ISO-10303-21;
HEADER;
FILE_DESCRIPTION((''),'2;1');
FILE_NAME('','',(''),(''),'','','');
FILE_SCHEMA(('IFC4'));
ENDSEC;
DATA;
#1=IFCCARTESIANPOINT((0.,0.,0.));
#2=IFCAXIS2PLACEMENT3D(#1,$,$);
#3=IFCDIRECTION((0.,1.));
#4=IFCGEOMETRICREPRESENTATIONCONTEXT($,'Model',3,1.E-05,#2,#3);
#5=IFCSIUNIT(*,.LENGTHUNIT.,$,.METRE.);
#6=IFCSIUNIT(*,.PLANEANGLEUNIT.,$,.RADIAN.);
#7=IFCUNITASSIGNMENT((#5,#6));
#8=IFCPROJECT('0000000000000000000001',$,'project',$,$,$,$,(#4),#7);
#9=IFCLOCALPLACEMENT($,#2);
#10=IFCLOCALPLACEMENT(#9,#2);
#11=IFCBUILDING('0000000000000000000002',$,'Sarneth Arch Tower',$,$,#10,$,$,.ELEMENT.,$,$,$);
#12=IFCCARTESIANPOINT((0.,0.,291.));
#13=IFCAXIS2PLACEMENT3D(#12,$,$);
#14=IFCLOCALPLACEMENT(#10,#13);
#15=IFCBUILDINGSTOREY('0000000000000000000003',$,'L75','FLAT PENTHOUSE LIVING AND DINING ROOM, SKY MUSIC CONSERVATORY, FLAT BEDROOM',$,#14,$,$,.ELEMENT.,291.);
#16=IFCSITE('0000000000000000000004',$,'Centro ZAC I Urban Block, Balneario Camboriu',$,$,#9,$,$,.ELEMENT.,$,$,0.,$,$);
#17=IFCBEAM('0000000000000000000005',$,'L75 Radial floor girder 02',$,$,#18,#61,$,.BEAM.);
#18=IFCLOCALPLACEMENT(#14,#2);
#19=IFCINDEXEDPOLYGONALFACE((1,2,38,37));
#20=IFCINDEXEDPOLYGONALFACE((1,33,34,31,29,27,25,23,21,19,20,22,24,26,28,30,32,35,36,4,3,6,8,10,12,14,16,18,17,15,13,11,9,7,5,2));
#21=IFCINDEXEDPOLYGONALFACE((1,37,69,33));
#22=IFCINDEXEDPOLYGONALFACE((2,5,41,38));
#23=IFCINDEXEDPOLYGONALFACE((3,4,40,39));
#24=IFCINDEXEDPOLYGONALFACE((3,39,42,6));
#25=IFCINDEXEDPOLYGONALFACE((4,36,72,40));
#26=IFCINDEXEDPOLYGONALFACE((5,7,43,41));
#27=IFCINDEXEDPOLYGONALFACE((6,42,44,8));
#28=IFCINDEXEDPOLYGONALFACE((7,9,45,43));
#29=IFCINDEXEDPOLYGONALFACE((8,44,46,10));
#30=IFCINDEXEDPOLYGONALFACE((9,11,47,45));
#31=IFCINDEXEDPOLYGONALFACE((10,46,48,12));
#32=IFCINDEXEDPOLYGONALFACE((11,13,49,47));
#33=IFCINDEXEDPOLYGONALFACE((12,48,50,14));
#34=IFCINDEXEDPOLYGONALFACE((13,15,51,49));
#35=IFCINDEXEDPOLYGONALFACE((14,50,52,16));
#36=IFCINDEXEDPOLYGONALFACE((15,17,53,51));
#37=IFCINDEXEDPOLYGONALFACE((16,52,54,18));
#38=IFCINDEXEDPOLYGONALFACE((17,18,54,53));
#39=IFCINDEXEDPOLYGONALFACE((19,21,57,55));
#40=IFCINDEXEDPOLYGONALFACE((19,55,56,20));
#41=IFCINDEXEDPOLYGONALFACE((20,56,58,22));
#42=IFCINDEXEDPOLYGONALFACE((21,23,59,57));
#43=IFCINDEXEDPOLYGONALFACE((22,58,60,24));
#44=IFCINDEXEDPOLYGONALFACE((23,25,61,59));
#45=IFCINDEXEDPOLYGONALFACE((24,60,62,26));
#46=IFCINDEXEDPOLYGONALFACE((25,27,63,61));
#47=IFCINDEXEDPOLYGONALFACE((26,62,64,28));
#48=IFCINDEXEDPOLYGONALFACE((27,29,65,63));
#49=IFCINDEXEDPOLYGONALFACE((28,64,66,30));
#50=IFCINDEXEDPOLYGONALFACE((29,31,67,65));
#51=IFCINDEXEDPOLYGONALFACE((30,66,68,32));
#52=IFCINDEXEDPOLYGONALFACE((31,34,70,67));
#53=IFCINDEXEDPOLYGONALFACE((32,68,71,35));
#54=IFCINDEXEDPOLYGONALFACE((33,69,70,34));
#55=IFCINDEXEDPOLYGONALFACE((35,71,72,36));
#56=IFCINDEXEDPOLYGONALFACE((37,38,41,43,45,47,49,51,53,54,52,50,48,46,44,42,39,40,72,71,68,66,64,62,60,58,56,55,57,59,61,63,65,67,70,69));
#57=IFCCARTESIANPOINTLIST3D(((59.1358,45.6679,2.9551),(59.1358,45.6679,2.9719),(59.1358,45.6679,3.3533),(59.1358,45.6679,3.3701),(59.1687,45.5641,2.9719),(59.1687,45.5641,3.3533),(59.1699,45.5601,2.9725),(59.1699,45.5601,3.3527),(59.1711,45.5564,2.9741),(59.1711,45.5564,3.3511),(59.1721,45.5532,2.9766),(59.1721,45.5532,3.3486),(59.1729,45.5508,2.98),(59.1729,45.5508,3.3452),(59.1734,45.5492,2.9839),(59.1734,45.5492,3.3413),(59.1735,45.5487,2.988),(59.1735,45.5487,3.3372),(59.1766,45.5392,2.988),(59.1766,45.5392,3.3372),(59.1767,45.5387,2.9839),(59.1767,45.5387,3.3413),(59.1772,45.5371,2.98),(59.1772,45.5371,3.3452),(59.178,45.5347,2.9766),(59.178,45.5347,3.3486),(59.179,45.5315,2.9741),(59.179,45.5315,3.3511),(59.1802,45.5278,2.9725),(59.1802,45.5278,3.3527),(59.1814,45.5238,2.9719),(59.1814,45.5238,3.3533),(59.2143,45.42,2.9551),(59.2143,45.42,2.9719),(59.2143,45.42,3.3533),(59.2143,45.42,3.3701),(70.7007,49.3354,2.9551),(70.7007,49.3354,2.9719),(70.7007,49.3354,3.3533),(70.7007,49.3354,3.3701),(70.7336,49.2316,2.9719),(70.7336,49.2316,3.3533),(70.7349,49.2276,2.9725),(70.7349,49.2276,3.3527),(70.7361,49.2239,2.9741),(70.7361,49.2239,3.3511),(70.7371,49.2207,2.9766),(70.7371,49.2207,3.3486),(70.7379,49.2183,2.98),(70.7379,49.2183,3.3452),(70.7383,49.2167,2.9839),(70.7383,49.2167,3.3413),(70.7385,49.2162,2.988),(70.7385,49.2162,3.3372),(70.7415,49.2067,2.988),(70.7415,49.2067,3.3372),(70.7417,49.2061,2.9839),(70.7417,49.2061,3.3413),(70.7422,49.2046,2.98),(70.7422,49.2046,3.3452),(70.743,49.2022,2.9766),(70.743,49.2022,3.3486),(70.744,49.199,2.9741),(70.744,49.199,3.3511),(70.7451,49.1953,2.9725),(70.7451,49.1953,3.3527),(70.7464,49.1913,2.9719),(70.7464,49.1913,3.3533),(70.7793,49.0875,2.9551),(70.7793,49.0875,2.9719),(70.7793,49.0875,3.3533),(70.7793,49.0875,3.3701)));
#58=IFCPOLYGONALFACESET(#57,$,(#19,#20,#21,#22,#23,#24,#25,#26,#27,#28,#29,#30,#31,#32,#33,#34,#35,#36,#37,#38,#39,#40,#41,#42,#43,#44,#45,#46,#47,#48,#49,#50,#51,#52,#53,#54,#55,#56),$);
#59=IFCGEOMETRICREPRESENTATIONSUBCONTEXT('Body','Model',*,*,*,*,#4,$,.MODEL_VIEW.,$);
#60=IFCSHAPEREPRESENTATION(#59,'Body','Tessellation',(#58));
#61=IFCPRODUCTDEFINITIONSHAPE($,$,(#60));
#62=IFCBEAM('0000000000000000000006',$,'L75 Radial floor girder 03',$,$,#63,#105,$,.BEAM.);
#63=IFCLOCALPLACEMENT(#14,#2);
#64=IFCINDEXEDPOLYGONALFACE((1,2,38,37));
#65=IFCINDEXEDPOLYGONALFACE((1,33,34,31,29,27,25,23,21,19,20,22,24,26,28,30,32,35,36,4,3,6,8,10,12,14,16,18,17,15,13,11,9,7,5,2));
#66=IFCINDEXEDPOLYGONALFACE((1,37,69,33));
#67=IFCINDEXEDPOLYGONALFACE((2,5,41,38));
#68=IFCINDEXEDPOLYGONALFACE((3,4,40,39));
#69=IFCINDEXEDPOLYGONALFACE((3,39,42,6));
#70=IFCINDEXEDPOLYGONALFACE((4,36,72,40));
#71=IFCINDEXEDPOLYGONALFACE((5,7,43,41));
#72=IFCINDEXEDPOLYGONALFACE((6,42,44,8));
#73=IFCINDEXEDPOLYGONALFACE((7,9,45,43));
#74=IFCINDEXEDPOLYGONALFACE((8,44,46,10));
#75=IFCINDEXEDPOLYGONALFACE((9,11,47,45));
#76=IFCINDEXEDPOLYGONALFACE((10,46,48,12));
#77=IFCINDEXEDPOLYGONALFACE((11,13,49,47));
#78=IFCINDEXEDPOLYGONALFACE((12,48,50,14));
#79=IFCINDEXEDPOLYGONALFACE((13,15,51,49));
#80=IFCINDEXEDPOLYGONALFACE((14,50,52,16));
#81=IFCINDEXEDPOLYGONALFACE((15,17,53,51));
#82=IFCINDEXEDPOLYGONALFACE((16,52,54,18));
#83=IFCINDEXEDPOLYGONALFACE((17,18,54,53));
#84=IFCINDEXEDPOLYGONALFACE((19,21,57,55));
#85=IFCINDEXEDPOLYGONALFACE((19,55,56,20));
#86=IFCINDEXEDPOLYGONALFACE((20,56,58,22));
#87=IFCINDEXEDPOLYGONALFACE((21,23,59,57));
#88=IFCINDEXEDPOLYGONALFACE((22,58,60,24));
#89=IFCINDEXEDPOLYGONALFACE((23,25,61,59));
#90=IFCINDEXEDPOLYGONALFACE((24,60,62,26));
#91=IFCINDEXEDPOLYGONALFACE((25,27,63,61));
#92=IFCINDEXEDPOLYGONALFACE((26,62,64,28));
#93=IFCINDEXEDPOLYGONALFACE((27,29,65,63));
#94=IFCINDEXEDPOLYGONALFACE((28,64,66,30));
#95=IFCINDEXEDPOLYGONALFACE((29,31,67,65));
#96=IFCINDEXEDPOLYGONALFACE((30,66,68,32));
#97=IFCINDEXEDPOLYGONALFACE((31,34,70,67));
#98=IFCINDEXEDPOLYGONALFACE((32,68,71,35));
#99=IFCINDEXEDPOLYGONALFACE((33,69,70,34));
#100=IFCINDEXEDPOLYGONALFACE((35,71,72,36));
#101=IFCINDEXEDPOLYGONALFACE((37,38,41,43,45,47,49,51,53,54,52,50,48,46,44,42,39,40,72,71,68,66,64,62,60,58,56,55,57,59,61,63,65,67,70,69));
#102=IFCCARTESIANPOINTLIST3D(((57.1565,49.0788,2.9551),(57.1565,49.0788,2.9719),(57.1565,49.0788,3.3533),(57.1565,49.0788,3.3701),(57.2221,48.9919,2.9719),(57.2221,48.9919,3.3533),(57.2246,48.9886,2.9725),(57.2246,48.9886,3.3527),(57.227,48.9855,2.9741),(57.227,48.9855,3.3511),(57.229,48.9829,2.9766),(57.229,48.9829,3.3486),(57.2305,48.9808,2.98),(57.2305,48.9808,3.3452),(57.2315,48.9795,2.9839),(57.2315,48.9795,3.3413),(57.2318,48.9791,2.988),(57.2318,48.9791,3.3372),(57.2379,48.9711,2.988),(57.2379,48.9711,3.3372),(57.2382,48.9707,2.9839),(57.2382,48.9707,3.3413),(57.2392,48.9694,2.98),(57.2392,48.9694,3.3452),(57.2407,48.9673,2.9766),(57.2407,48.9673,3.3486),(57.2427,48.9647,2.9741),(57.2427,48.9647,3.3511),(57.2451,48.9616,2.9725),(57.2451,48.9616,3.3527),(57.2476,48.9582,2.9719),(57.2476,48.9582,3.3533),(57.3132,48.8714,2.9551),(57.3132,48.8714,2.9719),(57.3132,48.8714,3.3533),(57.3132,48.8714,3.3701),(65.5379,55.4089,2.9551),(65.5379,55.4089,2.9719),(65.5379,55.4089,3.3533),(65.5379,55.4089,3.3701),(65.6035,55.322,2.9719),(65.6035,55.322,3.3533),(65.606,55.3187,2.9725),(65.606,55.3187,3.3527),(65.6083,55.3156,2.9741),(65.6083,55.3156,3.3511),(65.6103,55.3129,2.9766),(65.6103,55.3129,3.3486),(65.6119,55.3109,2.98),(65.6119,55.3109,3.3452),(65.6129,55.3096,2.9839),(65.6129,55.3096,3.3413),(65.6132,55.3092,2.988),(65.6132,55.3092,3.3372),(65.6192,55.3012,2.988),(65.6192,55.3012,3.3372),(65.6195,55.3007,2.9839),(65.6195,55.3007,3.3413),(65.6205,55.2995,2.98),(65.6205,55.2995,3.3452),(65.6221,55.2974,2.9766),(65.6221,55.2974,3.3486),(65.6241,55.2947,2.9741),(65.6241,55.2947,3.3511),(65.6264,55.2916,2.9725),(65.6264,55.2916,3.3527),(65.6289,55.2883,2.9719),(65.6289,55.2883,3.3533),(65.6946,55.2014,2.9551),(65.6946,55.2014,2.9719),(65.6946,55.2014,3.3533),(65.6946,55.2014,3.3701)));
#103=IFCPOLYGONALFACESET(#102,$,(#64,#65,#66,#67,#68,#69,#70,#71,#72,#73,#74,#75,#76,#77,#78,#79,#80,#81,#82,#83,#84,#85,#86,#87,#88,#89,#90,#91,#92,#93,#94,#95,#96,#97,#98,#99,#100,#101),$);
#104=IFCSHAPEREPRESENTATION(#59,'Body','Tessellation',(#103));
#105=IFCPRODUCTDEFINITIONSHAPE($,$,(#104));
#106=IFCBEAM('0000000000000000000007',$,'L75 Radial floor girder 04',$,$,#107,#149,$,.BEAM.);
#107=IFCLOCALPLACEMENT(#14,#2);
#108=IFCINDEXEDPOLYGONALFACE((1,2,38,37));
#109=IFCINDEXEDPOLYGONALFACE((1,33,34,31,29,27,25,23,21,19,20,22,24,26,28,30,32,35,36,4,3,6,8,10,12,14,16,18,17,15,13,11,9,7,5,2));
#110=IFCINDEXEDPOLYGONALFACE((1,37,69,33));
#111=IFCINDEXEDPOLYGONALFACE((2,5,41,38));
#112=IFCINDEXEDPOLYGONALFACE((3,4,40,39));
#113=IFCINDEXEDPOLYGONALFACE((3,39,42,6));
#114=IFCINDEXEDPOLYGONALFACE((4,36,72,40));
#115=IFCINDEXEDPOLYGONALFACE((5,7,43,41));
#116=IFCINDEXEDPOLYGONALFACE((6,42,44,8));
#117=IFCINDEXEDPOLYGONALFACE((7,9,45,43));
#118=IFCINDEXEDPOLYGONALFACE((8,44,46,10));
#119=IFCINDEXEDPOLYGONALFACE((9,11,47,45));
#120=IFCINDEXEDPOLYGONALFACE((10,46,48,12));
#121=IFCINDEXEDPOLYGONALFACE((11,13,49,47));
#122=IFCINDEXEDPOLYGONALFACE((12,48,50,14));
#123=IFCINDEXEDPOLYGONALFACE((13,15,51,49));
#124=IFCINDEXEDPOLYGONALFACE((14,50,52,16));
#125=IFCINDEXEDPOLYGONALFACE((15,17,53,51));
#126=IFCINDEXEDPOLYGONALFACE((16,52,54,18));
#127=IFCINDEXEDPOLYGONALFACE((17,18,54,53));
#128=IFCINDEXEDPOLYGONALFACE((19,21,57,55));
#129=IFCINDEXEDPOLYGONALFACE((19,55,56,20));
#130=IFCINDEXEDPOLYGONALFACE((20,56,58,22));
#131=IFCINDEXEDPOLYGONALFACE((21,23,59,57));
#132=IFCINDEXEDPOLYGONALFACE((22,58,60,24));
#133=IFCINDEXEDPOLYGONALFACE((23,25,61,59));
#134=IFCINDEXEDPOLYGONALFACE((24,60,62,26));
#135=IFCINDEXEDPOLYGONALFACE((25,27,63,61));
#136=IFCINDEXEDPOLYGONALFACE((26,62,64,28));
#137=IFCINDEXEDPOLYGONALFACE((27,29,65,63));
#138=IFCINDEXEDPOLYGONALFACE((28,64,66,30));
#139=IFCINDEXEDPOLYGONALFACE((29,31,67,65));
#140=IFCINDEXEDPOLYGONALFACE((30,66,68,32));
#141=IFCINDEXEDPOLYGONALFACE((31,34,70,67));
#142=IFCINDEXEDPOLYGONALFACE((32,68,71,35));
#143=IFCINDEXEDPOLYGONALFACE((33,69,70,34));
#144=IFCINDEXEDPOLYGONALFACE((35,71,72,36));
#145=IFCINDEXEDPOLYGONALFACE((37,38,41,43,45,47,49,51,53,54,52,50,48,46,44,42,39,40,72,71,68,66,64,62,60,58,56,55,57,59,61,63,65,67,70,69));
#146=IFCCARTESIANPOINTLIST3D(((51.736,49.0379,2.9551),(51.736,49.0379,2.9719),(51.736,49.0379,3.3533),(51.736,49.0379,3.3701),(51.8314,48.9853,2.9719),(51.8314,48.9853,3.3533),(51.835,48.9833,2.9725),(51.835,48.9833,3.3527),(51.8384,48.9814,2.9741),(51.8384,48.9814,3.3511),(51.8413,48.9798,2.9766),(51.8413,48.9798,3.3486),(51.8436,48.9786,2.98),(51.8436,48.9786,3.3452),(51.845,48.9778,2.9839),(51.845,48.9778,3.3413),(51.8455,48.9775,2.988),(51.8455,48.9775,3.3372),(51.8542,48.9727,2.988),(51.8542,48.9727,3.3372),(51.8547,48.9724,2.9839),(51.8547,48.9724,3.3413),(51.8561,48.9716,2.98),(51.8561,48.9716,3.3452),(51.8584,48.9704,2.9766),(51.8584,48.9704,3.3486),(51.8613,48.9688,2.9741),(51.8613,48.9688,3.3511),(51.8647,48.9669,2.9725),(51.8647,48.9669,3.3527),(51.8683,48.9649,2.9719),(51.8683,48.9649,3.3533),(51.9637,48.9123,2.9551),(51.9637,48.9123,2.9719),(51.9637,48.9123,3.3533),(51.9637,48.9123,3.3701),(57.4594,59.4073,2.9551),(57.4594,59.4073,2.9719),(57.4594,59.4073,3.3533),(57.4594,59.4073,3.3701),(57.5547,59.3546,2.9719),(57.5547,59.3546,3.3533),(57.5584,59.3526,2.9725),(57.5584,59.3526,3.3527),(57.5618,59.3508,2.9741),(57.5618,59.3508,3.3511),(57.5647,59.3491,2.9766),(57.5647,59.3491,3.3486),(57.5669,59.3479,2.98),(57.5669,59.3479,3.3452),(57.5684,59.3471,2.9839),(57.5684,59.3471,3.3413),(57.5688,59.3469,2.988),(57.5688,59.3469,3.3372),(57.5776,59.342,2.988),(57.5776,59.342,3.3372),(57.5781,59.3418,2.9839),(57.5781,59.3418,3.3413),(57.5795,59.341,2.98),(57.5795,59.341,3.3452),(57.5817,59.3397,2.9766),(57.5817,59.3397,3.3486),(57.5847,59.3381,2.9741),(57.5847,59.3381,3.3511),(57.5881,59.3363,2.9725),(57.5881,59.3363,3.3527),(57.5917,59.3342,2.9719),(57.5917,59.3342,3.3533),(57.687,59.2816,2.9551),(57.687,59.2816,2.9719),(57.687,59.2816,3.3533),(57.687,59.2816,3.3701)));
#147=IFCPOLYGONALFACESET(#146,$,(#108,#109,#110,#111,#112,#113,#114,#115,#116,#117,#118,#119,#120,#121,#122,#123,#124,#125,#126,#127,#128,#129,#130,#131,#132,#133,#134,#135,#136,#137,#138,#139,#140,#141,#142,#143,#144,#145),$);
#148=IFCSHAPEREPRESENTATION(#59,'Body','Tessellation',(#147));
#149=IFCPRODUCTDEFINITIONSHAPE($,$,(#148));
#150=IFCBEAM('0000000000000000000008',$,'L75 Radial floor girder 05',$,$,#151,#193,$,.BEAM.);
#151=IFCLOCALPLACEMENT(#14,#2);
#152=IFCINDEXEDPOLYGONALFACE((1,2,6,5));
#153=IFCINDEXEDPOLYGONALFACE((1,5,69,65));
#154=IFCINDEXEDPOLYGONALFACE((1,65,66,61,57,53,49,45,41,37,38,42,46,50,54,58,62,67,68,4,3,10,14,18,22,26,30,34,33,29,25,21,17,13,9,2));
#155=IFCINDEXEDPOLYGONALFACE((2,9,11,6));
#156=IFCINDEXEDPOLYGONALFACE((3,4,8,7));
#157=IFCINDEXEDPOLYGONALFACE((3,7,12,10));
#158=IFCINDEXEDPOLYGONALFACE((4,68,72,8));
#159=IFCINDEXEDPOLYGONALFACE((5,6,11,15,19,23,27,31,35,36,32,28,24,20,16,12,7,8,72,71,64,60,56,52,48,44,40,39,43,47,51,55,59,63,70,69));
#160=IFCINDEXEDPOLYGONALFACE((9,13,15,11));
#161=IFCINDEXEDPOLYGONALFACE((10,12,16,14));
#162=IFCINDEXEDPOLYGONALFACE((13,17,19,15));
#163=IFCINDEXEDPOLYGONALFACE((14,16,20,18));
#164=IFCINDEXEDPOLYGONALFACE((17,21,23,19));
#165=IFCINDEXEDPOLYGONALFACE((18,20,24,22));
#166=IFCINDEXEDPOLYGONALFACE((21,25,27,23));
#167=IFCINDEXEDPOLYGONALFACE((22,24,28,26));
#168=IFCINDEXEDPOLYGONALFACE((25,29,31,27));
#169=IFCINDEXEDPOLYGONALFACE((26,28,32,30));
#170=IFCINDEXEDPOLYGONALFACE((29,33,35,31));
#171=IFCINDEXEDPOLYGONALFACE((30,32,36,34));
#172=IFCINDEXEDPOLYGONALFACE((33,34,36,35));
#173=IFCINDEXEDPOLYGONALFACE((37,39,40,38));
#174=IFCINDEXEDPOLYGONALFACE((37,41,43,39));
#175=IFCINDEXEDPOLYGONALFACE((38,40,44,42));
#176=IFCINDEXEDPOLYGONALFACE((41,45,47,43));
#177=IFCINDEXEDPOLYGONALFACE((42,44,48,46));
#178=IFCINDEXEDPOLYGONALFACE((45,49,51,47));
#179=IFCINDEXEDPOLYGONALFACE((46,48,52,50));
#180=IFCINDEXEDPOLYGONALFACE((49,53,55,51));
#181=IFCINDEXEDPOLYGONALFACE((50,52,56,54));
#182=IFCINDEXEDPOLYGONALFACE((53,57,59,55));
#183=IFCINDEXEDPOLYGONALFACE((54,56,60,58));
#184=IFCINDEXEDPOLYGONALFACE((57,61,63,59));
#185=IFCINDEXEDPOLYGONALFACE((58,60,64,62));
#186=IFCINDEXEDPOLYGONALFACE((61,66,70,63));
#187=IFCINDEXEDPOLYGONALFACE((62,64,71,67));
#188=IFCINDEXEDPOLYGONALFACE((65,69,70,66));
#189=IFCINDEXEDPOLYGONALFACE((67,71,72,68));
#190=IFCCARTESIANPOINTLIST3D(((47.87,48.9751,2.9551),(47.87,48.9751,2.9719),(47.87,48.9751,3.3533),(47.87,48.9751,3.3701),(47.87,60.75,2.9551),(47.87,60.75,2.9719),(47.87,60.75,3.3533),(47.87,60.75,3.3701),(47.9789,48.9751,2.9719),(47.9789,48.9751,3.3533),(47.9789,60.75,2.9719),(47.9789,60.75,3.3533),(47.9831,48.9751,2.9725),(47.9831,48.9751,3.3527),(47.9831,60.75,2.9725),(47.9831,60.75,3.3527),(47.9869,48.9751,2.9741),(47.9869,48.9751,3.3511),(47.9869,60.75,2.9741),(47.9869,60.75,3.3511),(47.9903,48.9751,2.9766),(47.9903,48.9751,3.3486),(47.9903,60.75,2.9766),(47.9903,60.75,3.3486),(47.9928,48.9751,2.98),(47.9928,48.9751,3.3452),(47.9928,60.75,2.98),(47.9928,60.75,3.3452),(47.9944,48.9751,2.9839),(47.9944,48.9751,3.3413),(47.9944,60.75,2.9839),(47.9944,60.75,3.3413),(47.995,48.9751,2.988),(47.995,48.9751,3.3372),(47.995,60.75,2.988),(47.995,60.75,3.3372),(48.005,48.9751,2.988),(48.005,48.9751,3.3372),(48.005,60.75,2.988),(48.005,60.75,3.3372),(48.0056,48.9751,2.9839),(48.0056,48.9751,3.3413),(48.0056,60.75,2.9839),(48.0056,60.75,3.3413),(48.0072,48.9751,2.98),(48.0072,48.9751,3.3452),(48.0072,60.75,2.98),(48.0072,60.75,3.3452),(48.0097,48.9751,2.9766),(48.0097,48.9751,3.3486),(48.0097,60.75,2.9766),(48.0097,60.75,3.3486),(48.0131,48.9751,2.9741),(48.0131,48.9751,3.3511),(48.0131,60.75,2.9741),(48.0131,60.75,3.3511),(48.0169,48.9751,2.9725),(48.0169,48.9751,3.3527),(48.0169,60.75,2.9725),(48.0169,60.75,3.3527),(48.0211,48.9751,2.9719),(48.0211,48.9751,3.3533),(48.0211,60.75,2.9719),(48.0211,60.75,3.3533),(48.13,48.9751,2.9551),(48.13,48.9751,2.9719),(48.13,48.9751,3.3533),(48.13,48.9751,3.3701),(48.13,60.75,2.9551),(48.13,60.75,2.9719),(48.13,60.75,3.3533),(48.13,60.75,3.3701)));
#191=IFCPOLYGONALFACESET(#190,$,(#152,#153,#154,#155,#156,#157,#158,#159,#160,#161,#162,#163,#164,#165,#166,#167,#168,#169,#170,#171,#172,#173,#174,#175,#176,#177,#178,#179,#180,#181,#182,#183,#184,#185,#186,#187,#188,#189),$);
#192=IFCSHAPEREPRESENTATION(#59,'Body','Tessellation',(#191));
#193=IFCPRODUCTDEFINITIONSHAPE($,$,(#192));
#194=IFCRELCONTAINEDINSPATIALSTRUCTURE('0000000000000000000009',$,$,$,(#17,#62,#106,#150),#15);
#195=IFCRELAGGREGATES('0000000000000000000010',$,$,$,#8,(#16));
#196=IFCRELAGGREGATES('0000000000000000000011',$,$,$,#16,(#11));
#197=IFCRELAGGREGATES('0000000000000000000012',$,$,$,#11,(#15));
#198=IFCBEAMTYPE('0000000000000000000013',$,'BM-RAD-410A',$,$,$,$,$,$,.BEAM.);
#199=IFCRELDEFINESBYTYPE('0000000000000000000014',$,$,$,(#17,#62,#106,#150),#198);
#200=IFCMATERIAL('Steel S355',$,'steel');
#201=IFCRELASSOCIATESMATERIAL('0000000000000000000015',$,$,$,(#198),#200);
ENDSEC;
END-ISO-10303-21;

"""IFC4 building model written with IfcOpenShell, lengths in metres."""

from ifc_helpers import new_model, si_unit, direction, frame, origin, origin_2d, place, context, subcontext, project, spatial, i_section, extrude, material, material_profile, profile_set, type_object, element, save


model = new_model("IFC4")

# Units and contexts
model_context = context("Model", 3, precision=1e-05, world=origin(), true_north=direction((0.0, 1.0)))
body_context = subcontext(model_context, "Body", "Model", "MODEL_VIEW")
ifc_project = project(units=[si_unit("LENGTHUNIT", "METRE"), si_unit("PLANEANGLEUNIT", "RADIAN")], contexts=[model_context])

# Site, building, storey
site_placement = place(None, origin())
site = spatial("IfcSite", under=ifc_project, at=site_placement, Name="Centro ZAC I Urban Block, Balneario Camboriu", CompositionType="ELEMENT", RefElevation=0.0)
building_placement = place(site_placement, origin())
building = spatial("IfcBuilding", under=site, at=building_placement, Name="Sarneth Arch Tower", CompositionType="ELEMENT")
storey_placement = place(building_placement, frame((0.0, 0.0, 291.0)))
storey = spatial("IfcBuildingStorey", under=building, at=storey_placement, Name="L75", Description="FLAT PENTHOUSE LIVING AND DINING ROOM, SKY MUSIC CONSERVATORY, FLAT BEDROOM", CompositionType="ELEMENT", Elevation=291.0)

# Beams
ifc_material_1 = material(Name="Steel S355", Category="steel")
ifc_material_profile_1 = material_profile(ifc_material_1, i_section(OverallWidth=0.26, OverallDepth=0.415, WebThickness=0.01, FlangeThickness=0.0168, FilletRadius=0.0161, at=origin_2d()), Name="W410x100")
ifc_profile_set_1 = profile_set([ifc_material_profile_1], Name="Steel S355")
beam_type_1 = type_object("IfcBeamType", Name="BM-RAD-410A", PredefinedType="BEAM", material=ifc_profile_set_1)
beam_1_placement = place(storey_placement, frame((59.175, 45.5439, 3.1626), z_axis=(0.953218, 0.302285, 0.0), x_axis=(-0.302285, 0.953218, 0.0)))
element("IfcBeam", 1, at=beam_1_placement, inside=storey, type_object=beam_type_1, Name="L75 Radial floor girder 02", PredefinedType="BEAM", context=body_context, shape_type="SweptSolid", body=[
    extrude(i_section(OverallWidth=0.26, OverallDepth=0.415, WebThickness=0.01, FlangeThickness=0.0168, FilletRadius=0.0161, at=origin_2d()), origin(), (0.0, 0.0, 1.0), 12.1326),
])
beam_2_placement = place(storey_placement, frame((57.2349, 48.9751, 3.1626), z_axis=(0.797982, 0.602682, 0.0), x_axis=(-0.602682, 0.797982, 0.0)))
element("IfcBeam", 2, at=beam_2_placement, inside=storey, type_object=beam_type_1, Name="L75 Radial floor girder 03", PredefinedType="BEAM", context=body_context, shape_type="SweptSolid", body=[
    extrude(i_section(OverallWidth=0.26, OverallDepth=0.415, WebThickness=0.01, FlangeThickness=0.0168, FilletRadius=0.0161, at=origin_2d()), origin(), (0.0, 0.0, 1.0), 10.5032),
])
beam_3_placement = place(storey_placement, frame((51.8499, 48.9751, 3.1626), z_axis=(0.483229, 0.875494, 0.0), x_axis=(-0.875494, 0.483229, 0.0)))
element("IfcBeam", 3, at=beam_3_placement, inside=storey, type_object=beam_type_1, Name="L75 Radial floor girder 04", PredefinedType="BEAM", context=body_context, shape_type="SweptSolid", body=[
    extrude(i_section(OverallWidth=0.26, OverallDepth=0.415, WebThickness=0.01, FlangeThickness=0.0168, FilletRadius=0.0161, at=origin_2d()), origin(), (0.0, 0.0, 1.0), 11.844),
])
beam_4_placement = place(storey_placement, frame((48.0, 48.9751, 3.1626), z_axis=(0.0, 1.0, 0.0), x_axis=(-1.0, 0.0, 0.0)))
element("IfcBeam", 4, at=beam_4_placement, inside=storey, type_object=beam_type_1, Name="L75 Radial floor girder 05", PredefinedType="BEAM", context=body_context, shape_type="SweptSolid", body=[
    extrude(i_section(OverallWidth=0.26, OverallDepth=0.415, WebThickness=0.01, FlangeThickness=0.0168, FilletRadius=0.0161, at=origin_2d()), origin(), (0.0, 0.0, 1.0), 11.7749),
])

save(model, "model.ifc")
